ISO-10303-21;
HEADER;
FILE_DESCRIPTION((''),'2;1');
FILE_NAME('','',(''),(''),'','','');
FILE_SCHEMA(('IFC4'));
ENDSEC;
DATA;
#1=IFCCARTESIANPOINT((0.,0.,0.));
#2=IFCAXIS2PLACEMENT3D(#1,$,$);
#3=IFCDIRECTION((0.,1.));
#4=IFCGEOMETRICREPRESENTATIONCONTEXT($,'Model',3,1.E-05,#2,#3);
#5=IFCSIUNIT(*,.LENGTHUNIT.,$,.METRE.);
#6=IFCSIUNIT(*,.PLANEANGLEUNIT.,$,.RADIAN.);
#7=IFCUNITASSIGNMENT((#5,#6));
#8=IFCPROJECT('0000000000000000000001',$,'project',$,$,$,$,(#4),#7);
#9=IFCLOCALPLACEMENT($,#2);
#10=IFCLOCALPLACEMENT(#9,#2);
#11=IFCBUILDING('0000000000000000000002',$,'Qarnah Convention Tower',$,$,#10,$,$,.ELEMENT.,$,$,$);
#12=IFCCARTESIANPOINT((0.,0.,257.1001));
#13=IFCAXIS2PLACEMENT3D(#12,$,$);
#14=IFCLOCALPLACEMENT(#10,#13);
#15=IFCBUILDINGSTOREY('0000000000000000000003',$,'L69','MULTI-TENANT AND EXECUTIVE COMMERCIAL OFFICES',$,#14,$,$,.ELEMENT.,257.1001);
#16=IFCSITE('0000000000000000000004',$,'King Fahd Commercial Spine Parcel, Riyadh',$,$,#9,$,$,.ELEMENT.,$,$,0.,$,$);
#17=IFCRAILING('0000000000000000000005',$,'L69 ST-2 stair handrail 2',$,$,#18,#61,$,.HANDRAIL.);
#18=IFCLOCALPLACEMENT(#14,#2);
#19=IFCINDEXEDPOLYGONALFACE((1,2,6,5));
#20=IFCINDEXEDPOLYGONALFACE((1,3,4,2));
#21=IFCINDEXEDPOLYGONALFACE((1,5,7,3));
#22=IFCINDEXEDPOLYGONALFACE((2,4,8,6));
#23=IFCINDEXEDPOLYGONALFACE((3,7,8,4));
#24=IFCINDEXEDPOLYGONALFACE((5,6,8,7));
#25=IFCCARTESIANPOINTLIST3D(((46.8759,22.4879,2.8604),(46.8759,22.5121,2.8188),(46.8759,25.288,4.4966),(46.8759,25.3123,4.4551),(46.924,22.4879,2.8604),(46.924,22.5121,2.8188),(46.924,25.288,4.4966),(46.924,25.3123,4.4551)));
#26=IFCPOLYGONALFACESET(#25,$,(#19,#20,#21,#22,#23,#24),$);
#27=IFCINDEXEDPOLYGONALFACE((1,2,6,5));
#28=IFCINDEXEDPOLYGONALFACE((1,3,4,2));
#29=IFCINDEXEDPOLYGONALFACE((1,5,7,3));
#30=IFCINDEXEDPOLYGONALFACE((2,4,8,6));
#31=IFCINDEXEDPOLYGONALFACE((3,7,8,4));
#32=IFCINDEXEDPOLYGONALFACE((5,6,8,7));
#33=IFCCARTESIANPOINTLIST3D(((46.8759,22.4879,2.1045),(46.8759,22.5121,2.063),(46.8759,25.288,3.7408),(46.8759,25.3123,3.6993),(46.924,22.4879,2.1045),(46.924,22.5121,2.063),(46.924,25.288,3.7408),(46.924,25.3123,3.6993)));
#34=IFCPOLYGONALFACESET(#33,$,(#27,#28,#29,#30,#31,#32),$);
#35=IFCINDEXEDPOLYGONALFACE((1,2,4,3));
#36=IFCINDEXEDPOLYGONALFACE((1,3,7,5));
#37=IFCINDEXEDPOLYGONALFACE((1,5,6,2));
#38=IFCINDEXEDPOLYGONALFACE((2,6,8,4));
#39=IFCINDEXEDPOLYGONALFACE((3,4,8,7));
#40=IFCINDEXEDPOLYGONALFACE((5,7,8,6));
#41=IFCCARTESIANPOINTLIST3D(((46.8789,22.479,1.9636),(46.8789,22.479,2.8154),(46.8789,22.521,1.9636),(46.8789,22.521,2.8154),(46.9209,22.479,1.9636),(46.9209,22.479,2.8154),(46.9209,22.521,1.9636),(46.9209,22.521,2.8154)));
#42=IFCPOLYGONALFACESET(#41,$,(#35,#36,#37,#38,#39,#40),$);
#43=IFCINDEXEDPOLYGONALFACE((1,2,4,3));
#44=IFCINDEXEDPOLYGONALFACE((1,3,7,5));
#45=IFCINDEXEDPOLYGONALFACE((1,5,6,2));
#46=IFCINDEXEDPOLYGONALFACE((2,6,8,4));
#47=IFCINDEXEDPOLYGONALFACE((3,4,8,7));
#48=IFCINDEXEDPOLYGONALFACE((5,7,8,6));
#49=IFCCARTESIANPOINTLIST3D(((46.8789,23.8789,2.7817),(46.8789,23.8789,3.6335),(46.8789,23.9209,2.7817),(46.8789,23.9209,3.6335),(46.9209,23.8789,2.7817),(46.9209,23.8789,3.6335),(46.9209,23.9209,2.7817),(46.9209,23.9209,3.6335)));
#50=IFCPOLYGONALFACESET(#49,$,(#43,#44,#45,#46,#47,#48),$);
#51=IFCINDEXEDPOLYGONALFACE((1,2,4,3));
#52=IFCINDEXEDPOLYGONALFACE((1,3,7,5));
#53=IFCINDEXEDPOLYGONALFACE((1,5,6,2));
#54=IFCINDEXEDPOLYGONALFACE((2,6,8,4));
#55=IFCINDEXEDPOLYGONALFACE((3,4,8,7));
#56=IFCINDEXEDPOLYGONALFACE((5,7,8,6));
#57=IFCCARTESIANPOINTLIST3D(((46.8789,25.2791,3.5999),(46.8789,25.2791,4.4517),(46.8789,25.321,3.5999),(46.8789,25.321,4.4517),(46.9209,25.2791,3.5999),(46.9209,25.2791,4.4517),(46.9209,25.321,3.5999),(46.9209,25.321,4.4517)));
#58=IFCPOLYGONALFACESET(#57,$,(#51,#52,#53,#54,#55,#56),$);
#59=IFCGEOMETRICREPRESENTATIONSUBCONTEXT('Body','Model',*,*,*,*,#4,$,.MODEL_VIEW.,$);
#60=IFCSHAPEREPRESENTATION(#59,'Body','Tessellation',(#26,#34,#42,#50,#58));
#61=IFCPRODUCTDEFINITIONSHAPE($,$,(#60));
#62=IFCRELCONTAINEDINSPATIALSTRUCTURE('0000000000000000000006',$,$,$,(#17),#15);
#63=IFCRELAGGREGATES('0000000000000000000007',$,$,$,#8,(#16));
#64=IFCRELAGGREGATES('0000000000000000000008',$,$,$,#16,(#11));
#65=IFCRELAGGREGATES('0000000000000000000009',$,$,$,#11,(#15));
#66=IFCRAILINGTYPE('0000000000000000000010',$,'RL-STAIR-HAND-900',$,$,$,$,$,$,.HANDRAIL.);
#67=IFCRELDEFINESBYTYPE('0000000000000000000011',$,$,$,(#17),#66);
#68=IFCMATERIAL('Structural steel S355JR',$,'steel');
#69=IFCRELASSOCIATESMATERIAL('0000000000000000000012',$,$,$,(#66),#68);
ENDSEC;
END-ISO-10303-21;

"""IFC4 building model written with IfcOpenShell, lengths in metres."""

from ifc_helpers import new_model, si_unit, direction, frame, origin, origin_2d, place, context, subcontext, project, spatial, rectangle, extrude, material, type_object, element, save


model = new_model("IFC4")

# Units and contexts
model_context = context("Model", 3, precision=1e-05, world=origin(), true_north=direction((0.0, 1.0)))
body_context = subcontext(model_context, "Body", "Model", "MODEL_VIEW")
ifc_project = project(units=[si_unit("LENGTHUNIT", "METRE"), si_unit("PLANEANGLEUNIT", "RADIAN")], contexts=[model_context])

# Site, building, storey
site_placement = place(None, origin())
site = spatial("IfcSite", under=ifc_project, at=site_placement, Name="King Fahd Commercial Spine Parcel, Riyadh", CompositionType="ELEMENT", RefElevation=0.0)
building_placement = place(site_placement, origin())
building = spatial("IfcBuilding", under=site, at=building_placement, Name="Qarnah Convention Tower", CompositionType="ELEMENT")
storey_placement = place(building_placement, frame((0.0, 0.0, 257.1001)))
storey = spatial("IfcBuildingStorey", under=building, at=storey_placement, Name="L69", Description="MULTI-TENANT AND EXECUTIVE COMMERCIAL OFFICES", CompositionType="ELEMENT", Elevation=257.1001)

# Shared definitions
ifc_material_1 = material(Name="Structural steel S355JR", Category="steel")

# Railing
railing_type_1 = type_object("IfcRailingType", Name="RL-STAIR-HAND-900", PredefinedType="HANDRAIL", material=ifc_material_1)
railing_1_placement = place(storey_placement, frame((46.8999, 22.5, 1.9636)))
element("IfcRailing", 1, at=railing_1_placement, inside=storey, type_object=railing_type_1, Name="L69 ST-2 stair handrail 2", PredefinedType="HANDRAIL", context=body_context, shape_type="SweptSolid", body=[
    extrude(rectangle(XDim=0.0481, YDim=0.0481, at=origin_2d()), frame((0.0, 0.0, 0.876), z_axis=(0.0, 0.863394, 0.504531), x_axis=(-1.0, 0.0, 0.0)), (0.0, 0.0, 1.0), 3.2432),
    extrude(rectangle(XDim=0.0481, YDim=0.0481, at=origin_2d()), frame((0.0, 0.0, 0.1201), z_axis=(0.0, 0.863394, 0.504531), x_axis=(-1.0, 0.0, 0.0)), (0.0, 0.0, 1.0), 3.2432),
    extrude(rectangle(XDim=0.042, YDim=0.042, at=origin_2d()), origin(), (0.0, 0.0, 1.0), 0.8518),
    extrude(rectangle(XDim=0.042, YDim=0.042, at=origin_2d()), frame((0.0, 1.3999, 0.8181)), (0.0, 0.0, 1.0), 0.8518),
    extrude(rectangle(XDim=0.042, YDim=0.042, at=origin_2d()), frame((0.0, 2.8, 1.6362)), (0.0, 0.0, 1.0), 0.8518),
])

save(model, "model.ifc")
